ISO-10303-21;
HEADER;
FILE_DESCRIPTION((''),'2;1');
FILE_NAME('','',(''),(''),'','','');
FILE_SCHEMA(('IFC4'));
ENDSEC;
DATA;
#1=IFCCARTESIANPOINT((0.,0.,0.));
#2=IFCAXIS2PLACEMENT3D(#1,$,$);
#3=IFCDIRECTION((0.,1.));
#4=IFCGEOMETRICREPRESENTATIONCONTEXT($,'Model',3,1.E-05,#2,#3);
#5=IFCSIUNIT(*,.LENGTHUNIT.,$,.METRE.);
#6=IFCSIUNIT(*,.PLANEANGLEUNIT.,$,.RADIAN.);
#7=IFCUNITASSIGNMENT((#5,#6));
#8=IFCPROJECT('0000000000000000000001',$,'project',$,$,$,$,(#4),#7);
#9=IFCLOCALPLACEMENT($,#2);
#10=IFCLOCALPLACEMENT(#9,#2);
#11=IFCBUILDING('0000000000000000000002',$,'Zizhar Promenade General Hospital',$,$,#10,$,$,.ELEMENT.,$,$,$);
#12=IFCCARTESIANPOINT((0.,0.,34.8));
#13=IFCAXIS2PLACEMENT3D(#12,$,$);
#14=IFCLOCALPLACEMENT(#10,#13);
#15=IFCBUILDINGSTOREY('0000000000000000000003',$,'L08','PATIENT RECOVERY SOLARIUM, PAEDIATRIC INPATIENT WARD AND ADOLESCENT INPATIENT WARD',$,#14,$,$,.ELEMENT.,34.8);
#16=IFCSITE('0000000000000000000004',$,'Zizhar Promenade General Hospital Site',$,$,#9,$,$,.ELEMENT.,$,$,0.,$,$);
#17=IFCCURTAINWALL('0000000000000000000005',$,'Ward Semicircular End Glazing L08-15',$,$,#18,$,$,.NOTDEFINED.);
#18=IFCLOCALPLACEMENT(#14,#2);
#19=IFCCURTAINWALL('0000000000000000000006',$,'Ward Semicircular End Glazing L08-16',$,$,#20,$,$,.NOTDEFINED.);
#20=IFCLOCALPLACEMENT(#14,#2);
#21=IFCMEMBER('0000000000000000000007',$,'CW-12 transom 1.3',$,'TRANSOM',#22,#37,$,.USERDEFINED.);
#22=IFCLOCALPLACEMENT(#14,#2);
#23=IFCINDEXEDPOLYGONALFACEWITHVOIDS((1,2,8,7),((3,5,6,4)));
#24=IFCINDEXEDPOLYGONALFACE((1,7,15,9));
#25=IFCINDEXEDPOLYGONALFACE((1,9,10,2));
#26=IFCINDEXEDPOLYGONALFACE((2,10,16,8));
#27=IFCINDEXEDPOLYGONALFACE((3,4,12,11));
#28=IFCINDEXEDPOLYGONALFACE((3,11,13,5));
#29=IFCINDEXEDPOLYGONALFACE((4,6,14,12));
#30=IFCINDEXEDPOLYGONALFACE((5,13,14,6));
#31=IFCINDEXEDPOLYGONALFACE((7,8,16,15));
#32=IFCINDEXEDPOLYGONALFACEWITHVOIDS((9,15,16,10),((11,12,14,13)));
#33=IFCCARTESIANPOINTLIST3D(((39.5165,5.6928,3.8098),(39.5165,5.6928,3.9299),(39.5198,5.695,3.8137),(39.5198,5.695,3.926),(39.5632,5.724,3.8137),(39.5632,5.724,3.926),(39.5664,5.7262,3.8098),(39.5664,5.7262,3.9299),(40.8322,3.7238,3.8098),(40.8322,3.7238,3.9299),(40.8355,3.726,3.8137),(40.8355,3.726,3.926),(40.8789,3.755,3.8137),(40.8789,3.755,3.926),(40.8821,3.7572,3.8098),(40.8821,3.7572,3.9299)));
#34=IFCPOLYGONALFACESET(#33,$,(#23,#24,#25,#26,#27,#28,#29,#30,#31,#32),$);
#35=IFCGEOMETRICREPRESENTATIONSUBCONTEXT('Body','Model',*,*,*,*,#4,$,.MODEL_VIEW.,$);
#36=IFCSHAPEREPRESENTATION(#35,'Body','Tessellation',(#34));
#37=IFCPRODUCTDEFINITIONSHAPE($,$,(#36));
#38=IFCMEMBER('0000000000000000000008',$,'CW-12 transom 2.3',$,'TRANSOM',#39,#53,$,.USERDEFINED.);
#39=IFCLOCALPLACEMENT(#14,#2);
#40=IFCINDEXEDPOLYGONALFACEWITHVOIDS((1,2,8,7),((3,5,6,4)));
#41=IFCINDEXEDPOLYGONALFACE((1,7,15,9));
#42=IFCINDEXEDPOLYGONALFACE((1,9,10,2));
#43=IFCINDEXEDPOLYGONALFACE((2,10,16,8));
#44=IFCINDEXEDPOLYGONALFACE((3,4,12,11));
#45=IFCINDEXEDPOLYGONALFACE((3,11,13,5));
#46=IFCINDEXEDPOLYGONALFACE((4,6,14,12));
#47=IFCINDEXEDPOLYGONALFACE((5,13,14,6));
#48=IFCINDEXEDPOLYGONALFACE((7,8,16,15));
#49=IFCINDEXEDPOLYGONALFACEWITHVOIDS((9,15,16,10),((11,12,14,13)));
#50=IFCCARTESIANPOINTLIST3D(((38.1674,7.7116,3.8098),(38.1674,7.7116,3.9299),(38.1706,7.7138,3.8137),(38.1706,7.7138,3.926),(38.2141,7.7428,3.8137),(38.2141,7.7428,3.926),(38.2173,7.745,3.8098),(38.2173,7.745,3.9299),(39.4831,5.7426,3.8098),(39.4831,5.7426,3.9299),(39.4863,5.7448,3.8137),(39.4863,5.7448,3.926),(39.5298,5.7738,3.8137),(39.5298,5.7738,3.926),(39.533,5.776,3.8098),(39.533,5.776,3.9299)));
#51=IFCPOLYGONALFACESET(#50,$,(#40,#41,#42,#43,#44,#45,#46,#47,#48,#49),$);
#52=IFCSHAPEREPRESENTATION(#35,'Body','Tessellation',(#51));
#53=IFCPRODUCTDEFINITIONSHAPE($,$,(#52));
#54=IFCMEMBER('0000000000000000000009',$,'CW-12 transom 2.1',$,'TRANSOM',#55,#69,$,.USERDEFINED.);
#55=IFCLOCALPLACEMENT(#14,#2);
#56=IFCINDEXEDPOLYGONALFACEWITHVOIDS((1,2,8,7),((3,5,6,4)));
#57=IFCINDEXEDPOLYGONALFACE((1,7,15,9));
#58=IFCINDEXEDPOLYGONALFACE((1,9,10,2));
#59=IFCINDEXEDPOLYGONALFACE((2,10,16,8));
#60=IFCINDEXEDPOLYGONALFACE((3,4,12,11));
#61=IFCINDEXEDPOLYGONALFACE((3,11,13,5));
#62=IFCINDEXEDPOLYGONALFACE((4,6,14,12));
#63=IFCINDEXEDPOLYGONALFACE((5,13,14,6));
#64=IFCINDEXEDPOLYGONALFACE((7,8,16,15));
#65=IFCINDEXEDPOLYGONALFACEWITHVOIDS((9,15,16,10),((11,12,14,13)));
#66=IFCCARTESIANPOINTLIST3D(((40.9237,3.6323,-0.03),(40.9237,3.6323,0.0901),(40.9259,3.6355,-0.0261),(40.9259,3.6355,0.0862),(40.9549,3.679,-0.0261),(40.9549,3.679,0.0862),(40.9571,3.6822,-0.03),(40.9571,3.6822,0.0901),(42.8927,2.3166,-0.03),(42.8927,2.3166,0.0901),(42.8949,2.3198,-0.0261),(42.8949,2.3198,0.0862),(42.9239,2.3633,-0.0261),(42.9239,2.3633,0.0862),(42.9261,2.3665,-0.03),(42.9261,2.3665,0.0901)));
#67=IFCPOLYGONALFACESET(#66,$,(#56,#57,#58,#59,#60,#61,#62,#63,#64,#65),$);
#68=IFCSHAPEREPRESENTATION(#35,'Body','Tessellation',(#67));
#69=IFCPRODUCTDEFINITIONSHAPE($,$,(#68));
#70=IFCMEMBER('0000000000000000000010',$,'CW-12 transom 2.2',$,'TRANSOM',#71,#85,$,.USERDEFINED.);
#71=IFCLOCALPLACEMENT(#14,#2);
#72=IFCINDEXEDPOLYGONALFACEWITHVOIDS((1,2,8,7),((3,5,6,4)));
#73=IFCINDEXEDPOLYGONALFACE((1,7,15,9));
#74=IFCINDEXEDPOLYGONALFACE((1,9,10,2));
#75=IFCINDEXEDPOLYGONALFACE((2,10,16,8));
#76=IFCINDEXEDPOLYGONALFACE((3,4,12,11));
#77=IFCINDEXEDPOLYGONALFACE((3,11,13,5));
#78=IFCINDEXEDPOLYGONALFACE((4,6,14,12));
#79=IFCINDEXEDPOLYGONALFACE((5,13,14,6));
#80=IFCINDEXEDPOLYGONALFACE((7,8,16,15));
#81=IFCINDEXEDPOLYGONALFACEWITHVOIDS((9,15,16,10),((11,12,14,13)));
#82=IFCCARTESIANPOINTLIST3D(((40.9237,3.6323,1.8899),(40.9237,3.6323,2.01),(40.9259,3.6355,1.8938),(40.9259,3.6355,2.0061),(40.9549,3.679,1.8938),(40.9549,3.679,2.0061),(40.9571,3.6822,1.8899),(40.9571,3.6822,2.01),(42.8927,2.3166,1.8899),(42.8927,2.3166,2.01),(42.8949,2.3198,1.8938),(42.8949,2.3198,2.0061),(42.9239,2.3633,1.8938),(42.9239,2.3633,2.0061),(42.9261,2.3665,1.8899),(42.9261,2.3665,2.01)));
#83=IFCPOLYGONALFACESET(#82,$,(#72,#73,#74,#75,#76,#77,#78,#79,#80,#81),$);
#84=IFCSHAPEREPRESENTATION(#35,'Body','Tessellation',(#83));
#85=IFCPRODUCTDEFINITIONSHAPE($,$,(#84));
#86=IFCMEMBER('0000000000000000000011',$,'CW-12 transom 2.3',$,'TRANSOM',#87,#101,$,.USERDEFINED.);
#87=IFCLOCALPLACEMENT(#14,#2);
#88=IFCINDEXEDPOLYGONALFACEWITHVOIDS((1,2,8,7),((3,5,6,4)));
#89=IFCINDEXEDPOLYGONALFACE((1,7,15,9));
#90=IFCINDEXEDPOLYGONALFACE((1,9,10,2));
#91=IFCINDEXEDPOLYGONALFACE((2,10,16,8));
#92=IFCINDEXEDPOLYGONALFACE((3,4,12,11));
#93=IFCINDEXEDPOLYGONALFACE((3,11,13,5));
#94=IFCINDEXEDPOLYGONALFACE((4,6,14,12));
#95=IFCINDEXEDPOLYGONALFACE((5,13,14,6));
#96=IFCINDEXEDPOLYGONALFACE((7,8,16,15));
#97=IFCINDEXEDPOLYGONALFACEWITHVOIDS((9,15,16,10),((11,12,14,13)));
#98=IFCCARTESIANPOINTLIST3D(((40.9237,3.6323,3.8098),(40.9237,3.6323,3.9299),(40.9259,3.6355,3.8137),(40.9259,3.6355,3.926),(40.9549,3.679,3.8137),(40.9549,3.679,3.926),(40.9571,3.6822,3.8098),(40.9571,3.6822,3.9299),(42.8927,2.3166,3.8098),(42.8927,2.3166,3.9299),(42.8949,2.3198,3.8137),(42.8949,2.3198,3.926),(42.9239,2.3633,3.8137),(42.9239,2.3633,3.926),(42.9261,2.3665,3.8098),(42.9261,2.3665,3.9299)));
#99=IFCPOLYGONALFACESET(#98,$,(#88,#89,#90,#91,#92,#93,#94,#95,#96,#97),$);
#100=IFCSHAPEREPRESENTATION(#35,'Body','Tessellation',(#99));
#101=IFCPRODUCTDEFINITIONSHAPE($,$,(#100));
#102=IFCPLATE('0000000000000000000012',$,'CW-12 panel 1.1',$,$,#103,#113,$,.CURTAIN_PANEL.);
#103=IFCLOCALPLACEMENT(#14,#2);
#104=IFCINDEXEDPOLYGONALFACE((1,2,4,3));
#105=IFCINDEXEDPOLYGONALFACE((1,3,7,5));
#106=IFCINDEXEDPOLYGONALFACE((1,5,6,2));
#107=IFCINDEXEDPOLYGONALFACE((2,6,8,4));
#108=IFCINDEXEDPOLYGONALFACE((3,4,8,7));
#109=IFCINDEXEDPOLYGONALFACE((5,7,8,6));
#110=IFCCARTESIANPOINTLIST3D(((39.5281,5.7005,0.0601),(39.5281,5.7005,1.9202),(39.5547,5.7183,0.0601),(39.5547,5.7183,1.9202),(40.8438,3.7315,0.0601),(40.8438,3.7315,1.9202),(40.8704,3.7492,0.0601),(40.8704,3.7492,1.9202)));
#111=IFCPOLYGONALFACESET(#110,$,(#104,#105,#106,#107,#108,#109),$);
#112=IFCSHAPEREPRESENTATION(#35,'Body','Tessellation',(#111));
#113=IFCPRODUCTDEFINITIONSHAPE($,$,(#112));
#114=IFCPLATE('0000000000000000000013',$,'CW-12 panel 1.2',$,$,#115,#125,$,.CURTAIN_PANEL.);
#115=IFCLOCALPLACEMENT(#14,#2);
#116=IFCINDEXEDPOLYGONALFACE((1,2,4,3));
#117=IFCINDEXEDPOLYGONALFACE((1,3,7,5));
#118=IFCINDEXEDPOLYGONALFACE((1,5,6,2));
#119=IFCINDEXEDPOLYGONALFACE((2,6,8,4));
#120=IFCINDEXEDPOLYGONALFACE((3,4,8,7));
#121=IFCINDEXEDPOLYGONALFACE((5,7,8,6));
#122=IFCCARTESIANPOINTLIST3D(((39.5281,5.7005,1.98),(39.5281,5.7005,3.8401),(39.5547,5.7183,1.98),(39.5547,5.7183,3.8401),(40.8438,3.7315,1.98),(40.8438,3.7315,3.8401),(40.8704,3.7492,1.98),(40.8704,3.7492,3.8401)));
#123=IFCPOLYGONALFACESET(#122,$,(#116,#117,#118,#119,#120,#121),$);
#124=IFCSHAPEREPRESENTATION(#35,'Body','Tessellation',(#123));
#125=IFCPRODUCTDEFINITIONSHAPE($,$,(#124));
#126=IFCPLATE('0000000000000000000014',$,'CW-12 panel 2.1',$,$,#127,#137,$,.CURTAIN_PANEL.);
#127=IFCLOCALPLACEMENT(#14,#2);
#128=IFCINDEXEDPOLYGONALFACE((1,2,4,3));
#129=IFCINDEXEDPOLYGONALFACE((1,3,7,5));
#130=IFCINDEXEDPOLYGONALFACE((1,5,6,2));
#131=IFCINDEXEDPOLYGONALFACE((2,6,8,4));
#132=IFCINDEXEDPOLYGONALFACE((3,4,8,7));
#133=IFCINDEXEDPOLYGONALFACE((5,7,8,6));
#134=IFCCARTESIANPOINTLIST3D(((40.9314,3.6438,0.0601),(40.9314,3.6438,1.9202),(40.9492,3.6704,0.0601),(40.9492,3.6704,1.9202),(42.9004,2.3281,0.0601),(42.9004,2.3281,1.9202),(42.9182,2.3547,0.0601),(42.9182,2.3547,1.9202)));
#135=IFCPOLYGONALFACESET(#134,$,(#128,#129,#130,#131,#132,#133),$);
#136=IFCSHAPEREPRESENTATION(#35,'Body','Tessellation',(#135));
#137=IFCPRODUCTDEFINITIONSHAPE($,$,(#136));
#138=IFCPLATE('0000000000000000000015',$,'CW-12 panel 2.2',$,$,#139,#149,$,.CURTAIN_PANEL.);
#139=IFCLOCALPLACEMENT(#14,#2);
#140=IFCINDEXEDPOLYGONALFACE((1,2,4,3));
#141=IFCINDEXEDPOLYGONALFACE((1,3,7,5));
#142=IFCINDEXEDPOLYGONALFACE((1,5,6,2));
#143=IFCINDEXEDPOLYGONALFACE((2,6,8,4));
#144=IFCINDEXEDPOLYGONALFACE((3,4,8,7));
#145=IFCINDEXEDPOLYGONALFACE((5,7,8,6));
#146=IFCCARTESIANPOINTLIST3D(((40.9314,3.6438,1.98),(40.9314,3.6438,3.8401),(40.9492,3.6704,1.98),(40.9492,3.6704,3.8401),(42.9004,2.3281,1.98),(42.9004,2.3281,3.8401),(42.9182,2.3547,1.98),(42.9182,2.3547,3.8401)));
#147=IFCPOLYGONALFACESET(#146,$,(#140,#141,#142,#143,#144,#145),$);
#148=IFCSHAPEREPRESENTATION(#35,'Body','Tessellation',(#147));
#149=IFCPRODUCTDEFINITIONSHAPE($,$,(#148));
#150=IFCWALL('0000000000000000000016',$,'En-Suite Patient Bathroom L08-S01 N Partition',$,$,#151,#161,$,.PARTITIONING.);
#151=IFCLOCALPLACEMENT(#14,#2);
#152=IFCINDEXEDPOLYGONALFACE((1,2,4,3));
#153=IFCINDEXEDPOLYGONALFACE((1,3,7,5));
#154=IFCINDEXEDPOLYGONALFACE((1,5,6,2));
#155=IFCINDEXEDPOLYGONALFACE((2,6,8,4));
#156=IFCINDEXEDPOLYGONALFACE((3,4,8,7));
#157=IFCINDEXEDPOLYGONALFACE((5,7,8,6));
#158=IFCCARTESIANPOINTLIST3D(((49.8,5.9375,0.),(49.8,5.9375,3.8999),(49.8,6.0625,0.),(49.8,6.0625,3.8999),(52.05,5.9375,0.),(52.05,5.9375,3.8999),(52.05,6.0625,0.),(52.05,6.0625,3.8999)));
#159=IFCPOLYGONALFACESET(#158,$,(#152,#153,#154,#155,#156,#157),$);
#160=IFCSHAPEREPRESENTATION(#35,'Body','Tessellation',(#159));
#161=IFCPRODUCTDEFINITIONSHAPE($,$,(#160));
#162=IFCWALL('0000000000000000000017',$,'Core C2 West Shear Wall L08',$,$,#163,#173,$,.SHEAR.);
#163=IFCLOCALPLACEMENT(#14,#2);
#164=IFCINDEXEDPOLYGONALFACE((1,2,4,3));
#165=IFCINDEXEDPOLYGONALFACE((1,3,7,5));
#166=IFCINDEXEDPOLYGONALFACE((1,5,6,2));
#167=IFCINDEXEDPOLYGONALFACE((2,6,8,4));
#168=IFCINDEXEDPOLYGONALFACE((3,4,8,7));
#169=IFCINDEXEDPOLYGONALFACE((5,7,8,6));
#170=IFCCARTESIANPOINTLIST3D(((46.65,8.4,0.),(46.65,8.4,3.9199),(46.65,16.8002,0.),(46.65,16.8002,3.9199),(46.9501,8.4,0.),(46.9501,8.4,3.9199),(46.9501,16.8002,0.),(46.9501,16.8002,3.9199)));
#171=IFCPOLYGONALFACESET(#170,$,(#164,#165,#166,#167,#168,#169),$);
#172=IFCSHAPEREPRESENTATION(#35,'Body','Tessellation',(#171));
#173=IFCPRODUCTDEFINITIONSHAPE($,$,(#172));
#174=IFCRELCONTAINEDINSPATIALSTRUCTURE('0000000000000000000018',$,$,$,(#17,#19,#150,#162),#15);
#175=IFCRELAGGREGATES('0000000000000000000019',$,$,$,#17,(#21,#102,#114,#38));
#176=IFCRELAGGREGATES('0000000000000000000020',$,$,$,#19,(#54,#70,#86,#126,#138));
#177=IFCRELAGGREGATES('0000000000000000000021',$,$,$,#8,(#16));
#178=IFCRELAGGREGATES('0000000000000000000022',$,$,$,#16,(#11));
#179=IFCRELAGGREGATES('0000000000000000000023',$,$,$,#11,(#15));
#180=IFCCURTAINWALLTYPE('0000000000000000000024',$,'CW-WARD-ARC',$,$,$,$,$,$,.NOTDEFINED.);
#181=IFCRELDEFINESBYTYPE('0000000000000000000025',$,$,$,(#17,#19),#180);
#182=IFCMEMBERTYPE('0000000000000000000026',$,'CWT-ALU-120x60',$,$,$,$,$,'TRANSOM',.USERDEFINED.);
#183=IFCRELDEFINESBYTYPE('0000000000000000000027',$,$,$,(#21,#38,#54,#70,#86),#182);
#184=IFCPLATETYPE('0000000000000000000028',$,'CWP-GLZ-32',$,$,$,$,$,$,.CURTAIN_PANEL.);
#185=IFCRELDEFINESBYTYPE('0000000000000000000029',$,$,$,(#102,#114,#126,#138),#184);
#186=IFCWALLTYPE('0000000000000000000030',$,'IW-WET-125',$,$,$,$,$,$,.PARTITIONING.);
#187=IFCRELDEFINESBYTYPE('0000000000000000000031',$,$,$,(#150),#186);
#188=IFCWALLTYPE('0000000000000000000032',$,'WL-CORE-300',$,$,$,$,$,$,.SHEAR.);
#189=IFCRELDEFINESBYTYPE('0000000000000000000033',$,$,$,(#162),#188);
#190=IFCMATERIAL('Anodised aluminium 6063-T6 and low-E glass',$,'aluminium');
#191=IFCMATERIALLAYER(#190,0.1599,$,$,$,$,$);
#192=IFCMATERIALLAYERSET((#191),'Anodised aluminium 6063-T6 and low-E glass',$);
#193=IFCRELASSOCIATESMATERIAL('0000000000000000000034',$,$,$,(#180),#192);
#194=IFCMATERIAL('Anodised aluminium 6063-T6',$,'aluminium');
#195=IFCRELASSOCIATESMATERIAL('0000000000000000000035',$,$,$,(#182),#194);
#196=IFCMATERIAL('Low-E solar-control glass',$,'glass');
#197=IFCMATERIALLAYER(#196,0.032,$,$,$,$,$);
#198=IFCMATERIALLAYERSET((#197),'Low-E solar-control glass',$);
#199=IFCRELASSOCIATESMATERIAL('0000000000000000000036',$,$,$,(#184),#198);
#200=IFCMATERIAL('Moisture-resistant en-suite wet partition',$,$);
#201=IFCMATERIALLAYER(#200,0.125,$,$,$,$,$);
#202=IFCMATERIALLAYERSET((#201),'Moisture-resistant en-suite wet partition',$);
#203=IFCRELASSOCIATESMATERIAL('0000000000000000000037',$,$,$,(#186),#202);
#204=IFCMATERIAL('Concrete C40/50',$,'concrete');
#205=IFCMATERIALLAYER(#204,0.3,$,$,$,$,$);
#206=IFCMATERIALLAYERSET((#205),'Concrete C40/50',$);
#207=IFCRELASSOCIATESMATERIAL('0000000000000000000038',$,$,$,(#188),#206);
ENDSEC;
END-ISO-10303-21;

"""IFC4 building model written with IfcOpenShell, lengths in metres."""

from ifc_helpers import new_model, si_unit, direction, frame, frame_2d, origin, origin_2d, place, context, subcontext, project, spatial, rectangle, hollow_rectangle, extrude, material, layer, layer_set, material_profile, profile_set, type_object, element, aggregate, save


model = new_model("IFC4")

# Units and contexts
model_context = context("Model", 3, precision=1e-05, world=origin(), true_north=direction((0.0, 1.0)))
body_context = subcontext(model_context, "Body", "Model", "MODEL_VIEW")
ifc_project = project(units=[si_unit("LENGTHUNIT", "METRE"), si_unit("PLANEANGLEUNIT", "RADIAN")], contexts=[model_context])

# Site, building, storey
site_placement = place(None, origin())
site = spatial("IfcSite", under=ifc_project, at=site_placement, Name="Zizhar Promenade General Hospital Site", CompositionType="ELEMENT", RefElevation=0.0)
building_placement = place(site_placement, origin())
building = spatial("IfcBuilding", under=site, at=building_placement, Name="Zizhar Promenade General Hospital", CompositionType="ELEMENT")
storey_placement = place(building_placement, frame((0.0, 0.0, 34.8)))
storey = spatial("IfcBuildingStorey", under=building, at=storey_placement, Name="L08", Description="PATIENT RECOVERY SOLARIUM, PAEDIATRIC INPATIENT WARD AND ADOLESCENT INPATIENT WARD", CompositionType="ELEMENT", Elevation=34.8)

# Curtain wall
ifc_material_1 = material(Name="Anodised aluminium 6063-T6 and low-E glass", Category="aluminium")
ifc_layer_1 = layer(ifc_material_1, 0.1599)
ifc_layer_set_1 = layer_set([ifc_layer_1], Name="Anodised aluminium 6063-T6 and low-E glass")
curtain_wall_type = type_object("IfcCurtainWallType", Name="CW-WARD-ARC", PredefinedType="NOTDEFINED", material=ifc_layer_set_1)
curtain_wall_1_placement = place(storey_placement, origin())
curtain_wall_1 = element("IfcCurtainWall", 1, at=curtain_wall_1_placement, inside=storey, type_object=curtain_wall_type, Name="Ward Semicircular End Glazing L08-15", PredefinedType="NOTDEFINED")

# Curtain wall
curtain_wall_2_placement = place(storey_placement, origin())
curtain_wall_2 = element("IfcCurtainWall", 2, at=curtain_wall_2_placement, inside=storey, type_object=curtain_wall_type, Name="Ward Semicircular End Glazing L08-16", PredefinedType="NOTDEFINED")

# Members
ifc_material_2 = material(Name="Anodised aluminium 6063-T6", Category="aluminium")
ifc_material_profile_1 = material_profile(ifc_material_2, hollow_rectangle(XDim=0.0601, YDim=0.1201, WallThickness=0.0039, at=origin_2d()))
ifc_profile_set_1 = profile_set([ifc_material_profile_1], Name="Anodised aluminium 6063-T6")
member_type_1 = type_object("IfcMemberType", Name="CWT-ALU-120x60", ElementType="TRANSOM", PredefinedType="USERDEFINED", material=ifc_profile_set_1)
member_1_placement = place(storey_placement, frame((40.8572, 3.7405, 3.8699), z_axis=(-0.55558, 0.831463, 0.0), x_axis=(-0.831463, -0.55558, 0.0)))
member_1 = element("IfcMember", 3, at=member_1_placement, type_object=member_type_1, Name="CW-12 transom 1.3", ObjectType="TRANSOM", PredefinedType="USERDEFINED", context=body_context, shape_type="SweptSolid", body=[
    extrude(hollow_rectangle(XDim=0.0601, YDim=0.1201, WallThickness=0.0039, at=origin_2d()), origin(), (0.0, 0.0, 1.0), 2.3682),
])
member_2_placement = place(storey_placement, frame((39.5081, 5.7593, 3.8699), z_axis=(-0.55558, 0.831463, 0.0), x_axis=(-0.831463, -0.55558, 0.0)))
member_2 = element("IfcMember", 4, at=member_2_placement, type_object=member_type_1, Name="CW-12 transom 2.3", ObjectType="TRANSOM", PredefinedType="USERDEFINED", context=body_context, shape_type="SweptSolid", body=[
    extrude(hollow_rectangle(XDim=0.0601, YDim=0.1201, WallThickness=0.0039, at=origin_2d()), origin(), (0.0, 0.0, 1.0), 2.3682),
])
member_3_placement = place(storey_placement, frame((42.9094, 2.3416, 0.03), z_axis=(-0.831463, 0.55558, 0.0), x_axis=(-0.55558, -0.831463, 0.0)))
member_3 = element("IfcMember", 5, at=member_3_placement, type_object=member_type_1, Name="CW-12 transom 2.1", ObjectType="TRANSOM", PredefinedType="USERDEFINED", context=body_context, shape_type="SweptSolid", body=[
    extrude(hollow_rectangle(XDim=0.0601, YDim=0.1201, WallThickness=0.0039, at=origin_2d()), origin(), (0.0, 0.0, 1.0), 2.3682),
])
member_4_placement = place(storey_placement, frame((42.9094, 2.3416, 1.95), z_axis=(-0.831463, 0.55558, 0.0), x_axis=(-0.55558, -0.831463, 0.0)))
member_4 = element("IfcMember", 6, at=member_4_placement, type_object=member_type_1, Name="CW-12 transom 2.2", ObjectType="TRANSOM", PredefinedType="USERDEFINED", context=body_context, shape_type="SweptSolid", body=[
    extrude(hollow_rectangle(XDim=0.0601, YDim=0.1201, WallThickness=0.0039, at=origin_2d()), origin(), (0.0, 0.0, 1.0), 2.3682),
])
member_5_placement = place(storey_placement, frame((42.9094, 2.3416, 3.8699), z_axis=(-0.831463, 0.55558, 0.0), x_axis=(-0.55558, -0.831463, 0.0)))
member_5 = element("IfcMember", 7, at=member_5_placement, type_object=member_type_1, Name="CW-12 transom 2.3", ObjectType="TRANSOM", PredefinedType="USERDEFINED", context=body_context, shape_type="SweptSolid", body=[
    extrude(hollow_rectangle(XDim=0.0601, YDim=0.1201, WallThickness=0.0039, at=origin_2d()), origin(), (0.0, 0.0, 1.0), 2.3682),
])

# Plates
ifc_material_3 = material(Name="Low-E solar-control glass", Category="glass")
ifc_layer_2 = layer(ifc_material_3, 0.032)
ifc_layer_set_2 = layer_set([ifc_layer_2], Name="Low-E solar-control glass")
plate_type = type_object("IfcPlateType", Name="CWP-GLZ-32", PredefinedType="CURTAIN_PANEL", material=ifc_layer_set_2)
plate_1_placement = place(storey_placement, frame((40.1992, 4.7249, 0.0601), z_axis=(0.0, 0.0, 1.0), x_axis=(-0.555582, 0.831462, 0.0)))
plate_1 = element("IfcPlate", 8, at=plate_1_placement, type_object=plate_type, Name="CW-12 panel 1.1", PredefinedType="CURTAIN_PANEL", context=body_context, shape_type="SweptSolid", body=[
    extrude(rectangle(XDim=2.3682, YDim=0.032, at=origin_2d()), origin(), (0.0, 0.0, 1.0), 1.8601),
])
plate_2_placement = place(storey_placement, frame((40.1992, 4.7249, 1.98), z_axis=(0.0, 0.0, 1.0), x_axis=(-0.555582, 0.831462, 0.0)))
plate_2 = element("IfcPlate", 9, at=plate_2_placement, type_object=plate_type, Name="CW-12 panel 1.2", PredefinedType="CURTAIN_PANEL", context=body_context, shape_type="SweptSolid", body=[
    extrude(rectangle(XDim=2.3682, YDim=0.032, at=origin_2d()), origin(), (0.0, 0.0, 1.0), 1.8601),
])
aggregate(curtain_wall_1, [member_1, plate_1, plate_2, member_2])
plate_3_placement = place(storey_placement, frame((41.9248, 2.9993, 0.0601), z_axis=(0.0, 0.0, 1.0), x_axis=(-0.831462, 0.555582, 0.0)))
plate_3 = element("IfcPlate", 10, at=plate_3_placement, type_object=plate_type, Name="CW-12 panel 2.1", PredefinedType="CURTAIN_PANEL", context=body_context, shape_type="SweptSolid", body=[
    extrude(rectangle(XDim=2.3682, YDim=0.032, at=origin_2d()), origin(), (0.0, 0.0, 1.0), 1.8601),
])
plate_4_placement = place(storey_placement, frame((41.9248, 2.9993, 1.98), z_axis=(0.0, 0.0, 1.0), x_axis=(-0.831462, 0.555582, 0.0)))
plate_4 = element("IfcPlate", 11, at=plate_4_placement, type_object=plate_type, Name="CW-12 panel 2.2", PredefinedType="CURTAIN_PANEL", context=body_context, shape_type="SweptSolid", body=[
    extrude(rectangle(XDim=2.3682, YDim=0.032, at=origin_2d()), origin(), (0.0, 0.0, 1.0), 1.8601),
])
aggregate(curtain_wall_2, [member_3, member_4, member_5, plate_3, plate_4])

# Walls
ifc_material_4 = material(Name="Moisture-resistant en-suite wet partition")
ifc_layer_3 = layer(ifc_material_4, 0.125)
ifc_layer_set_3 = layer_set([ifc_layer_3], Name="Moisture-resistant en-suite wet partition")
wall_type_1 = type_object("IfcWallType", Name="IW-WET-125", PredefinedType="PARTITIONING", material=ifc_layer_set_3)
wall_1_placement = place(storey_placement, frame((49.8, 6.0, 0.0), z_axis=(0.0, 0.0, 1.0), x_axis=(1.0, 0.0, 0.0)))
element("IfcWall", 12, at=wall_1_placement, inside=storey, type_object=wall_type_1, Name="En-Suite Patient Bathroom L08-S01 N Partition", PredefinedType="PARTITIONING", context=body_context, shape_type="SweptSolid", body=[
    extrude(rectangle(XDim=2.25, YDim=0.125, at=frame_2d((1.125, 0.0))), origin(), (0.0, 0.0, 1.0), 3.8999),
])
ifc_material_5 = material(Name="Concrete C40/50", Category="concrete")
ifc_layer_4 = layer(ifc_material_5, 0.3)
ifc_layer_set_4 = layer_set([ifc_layer_4], Name="Concrete C40/50")
wall_type_2 = type_object("IfcWallType", Name="WL-CORE-300", PredefinedType="SHEAR", material=ifc_layer_set_4)
wall_2_placement = place(storey_placement, frame((46.8, 8.3999, 0.0), z_axis=(0.0, 0.0, 1.0), x_axis=(0.0, 1.0, 0.0)))
element("IfcWall", 13, at=wall_2_placement, inside=storey, type_object=wall_type_2, Name="Core C2 West Shear Wall L08", PredefinedType="SHEAR", context=body_context, shape_type="SweptSolid", body=[
    extrude(rectangle(XDim=8.4001, YDim=0.3, at=frame_2d((4.2002, 0.0))), origin(), (0.0, 0.0, 1.0), 3.9199),
])

save(model, "model.ifc")
